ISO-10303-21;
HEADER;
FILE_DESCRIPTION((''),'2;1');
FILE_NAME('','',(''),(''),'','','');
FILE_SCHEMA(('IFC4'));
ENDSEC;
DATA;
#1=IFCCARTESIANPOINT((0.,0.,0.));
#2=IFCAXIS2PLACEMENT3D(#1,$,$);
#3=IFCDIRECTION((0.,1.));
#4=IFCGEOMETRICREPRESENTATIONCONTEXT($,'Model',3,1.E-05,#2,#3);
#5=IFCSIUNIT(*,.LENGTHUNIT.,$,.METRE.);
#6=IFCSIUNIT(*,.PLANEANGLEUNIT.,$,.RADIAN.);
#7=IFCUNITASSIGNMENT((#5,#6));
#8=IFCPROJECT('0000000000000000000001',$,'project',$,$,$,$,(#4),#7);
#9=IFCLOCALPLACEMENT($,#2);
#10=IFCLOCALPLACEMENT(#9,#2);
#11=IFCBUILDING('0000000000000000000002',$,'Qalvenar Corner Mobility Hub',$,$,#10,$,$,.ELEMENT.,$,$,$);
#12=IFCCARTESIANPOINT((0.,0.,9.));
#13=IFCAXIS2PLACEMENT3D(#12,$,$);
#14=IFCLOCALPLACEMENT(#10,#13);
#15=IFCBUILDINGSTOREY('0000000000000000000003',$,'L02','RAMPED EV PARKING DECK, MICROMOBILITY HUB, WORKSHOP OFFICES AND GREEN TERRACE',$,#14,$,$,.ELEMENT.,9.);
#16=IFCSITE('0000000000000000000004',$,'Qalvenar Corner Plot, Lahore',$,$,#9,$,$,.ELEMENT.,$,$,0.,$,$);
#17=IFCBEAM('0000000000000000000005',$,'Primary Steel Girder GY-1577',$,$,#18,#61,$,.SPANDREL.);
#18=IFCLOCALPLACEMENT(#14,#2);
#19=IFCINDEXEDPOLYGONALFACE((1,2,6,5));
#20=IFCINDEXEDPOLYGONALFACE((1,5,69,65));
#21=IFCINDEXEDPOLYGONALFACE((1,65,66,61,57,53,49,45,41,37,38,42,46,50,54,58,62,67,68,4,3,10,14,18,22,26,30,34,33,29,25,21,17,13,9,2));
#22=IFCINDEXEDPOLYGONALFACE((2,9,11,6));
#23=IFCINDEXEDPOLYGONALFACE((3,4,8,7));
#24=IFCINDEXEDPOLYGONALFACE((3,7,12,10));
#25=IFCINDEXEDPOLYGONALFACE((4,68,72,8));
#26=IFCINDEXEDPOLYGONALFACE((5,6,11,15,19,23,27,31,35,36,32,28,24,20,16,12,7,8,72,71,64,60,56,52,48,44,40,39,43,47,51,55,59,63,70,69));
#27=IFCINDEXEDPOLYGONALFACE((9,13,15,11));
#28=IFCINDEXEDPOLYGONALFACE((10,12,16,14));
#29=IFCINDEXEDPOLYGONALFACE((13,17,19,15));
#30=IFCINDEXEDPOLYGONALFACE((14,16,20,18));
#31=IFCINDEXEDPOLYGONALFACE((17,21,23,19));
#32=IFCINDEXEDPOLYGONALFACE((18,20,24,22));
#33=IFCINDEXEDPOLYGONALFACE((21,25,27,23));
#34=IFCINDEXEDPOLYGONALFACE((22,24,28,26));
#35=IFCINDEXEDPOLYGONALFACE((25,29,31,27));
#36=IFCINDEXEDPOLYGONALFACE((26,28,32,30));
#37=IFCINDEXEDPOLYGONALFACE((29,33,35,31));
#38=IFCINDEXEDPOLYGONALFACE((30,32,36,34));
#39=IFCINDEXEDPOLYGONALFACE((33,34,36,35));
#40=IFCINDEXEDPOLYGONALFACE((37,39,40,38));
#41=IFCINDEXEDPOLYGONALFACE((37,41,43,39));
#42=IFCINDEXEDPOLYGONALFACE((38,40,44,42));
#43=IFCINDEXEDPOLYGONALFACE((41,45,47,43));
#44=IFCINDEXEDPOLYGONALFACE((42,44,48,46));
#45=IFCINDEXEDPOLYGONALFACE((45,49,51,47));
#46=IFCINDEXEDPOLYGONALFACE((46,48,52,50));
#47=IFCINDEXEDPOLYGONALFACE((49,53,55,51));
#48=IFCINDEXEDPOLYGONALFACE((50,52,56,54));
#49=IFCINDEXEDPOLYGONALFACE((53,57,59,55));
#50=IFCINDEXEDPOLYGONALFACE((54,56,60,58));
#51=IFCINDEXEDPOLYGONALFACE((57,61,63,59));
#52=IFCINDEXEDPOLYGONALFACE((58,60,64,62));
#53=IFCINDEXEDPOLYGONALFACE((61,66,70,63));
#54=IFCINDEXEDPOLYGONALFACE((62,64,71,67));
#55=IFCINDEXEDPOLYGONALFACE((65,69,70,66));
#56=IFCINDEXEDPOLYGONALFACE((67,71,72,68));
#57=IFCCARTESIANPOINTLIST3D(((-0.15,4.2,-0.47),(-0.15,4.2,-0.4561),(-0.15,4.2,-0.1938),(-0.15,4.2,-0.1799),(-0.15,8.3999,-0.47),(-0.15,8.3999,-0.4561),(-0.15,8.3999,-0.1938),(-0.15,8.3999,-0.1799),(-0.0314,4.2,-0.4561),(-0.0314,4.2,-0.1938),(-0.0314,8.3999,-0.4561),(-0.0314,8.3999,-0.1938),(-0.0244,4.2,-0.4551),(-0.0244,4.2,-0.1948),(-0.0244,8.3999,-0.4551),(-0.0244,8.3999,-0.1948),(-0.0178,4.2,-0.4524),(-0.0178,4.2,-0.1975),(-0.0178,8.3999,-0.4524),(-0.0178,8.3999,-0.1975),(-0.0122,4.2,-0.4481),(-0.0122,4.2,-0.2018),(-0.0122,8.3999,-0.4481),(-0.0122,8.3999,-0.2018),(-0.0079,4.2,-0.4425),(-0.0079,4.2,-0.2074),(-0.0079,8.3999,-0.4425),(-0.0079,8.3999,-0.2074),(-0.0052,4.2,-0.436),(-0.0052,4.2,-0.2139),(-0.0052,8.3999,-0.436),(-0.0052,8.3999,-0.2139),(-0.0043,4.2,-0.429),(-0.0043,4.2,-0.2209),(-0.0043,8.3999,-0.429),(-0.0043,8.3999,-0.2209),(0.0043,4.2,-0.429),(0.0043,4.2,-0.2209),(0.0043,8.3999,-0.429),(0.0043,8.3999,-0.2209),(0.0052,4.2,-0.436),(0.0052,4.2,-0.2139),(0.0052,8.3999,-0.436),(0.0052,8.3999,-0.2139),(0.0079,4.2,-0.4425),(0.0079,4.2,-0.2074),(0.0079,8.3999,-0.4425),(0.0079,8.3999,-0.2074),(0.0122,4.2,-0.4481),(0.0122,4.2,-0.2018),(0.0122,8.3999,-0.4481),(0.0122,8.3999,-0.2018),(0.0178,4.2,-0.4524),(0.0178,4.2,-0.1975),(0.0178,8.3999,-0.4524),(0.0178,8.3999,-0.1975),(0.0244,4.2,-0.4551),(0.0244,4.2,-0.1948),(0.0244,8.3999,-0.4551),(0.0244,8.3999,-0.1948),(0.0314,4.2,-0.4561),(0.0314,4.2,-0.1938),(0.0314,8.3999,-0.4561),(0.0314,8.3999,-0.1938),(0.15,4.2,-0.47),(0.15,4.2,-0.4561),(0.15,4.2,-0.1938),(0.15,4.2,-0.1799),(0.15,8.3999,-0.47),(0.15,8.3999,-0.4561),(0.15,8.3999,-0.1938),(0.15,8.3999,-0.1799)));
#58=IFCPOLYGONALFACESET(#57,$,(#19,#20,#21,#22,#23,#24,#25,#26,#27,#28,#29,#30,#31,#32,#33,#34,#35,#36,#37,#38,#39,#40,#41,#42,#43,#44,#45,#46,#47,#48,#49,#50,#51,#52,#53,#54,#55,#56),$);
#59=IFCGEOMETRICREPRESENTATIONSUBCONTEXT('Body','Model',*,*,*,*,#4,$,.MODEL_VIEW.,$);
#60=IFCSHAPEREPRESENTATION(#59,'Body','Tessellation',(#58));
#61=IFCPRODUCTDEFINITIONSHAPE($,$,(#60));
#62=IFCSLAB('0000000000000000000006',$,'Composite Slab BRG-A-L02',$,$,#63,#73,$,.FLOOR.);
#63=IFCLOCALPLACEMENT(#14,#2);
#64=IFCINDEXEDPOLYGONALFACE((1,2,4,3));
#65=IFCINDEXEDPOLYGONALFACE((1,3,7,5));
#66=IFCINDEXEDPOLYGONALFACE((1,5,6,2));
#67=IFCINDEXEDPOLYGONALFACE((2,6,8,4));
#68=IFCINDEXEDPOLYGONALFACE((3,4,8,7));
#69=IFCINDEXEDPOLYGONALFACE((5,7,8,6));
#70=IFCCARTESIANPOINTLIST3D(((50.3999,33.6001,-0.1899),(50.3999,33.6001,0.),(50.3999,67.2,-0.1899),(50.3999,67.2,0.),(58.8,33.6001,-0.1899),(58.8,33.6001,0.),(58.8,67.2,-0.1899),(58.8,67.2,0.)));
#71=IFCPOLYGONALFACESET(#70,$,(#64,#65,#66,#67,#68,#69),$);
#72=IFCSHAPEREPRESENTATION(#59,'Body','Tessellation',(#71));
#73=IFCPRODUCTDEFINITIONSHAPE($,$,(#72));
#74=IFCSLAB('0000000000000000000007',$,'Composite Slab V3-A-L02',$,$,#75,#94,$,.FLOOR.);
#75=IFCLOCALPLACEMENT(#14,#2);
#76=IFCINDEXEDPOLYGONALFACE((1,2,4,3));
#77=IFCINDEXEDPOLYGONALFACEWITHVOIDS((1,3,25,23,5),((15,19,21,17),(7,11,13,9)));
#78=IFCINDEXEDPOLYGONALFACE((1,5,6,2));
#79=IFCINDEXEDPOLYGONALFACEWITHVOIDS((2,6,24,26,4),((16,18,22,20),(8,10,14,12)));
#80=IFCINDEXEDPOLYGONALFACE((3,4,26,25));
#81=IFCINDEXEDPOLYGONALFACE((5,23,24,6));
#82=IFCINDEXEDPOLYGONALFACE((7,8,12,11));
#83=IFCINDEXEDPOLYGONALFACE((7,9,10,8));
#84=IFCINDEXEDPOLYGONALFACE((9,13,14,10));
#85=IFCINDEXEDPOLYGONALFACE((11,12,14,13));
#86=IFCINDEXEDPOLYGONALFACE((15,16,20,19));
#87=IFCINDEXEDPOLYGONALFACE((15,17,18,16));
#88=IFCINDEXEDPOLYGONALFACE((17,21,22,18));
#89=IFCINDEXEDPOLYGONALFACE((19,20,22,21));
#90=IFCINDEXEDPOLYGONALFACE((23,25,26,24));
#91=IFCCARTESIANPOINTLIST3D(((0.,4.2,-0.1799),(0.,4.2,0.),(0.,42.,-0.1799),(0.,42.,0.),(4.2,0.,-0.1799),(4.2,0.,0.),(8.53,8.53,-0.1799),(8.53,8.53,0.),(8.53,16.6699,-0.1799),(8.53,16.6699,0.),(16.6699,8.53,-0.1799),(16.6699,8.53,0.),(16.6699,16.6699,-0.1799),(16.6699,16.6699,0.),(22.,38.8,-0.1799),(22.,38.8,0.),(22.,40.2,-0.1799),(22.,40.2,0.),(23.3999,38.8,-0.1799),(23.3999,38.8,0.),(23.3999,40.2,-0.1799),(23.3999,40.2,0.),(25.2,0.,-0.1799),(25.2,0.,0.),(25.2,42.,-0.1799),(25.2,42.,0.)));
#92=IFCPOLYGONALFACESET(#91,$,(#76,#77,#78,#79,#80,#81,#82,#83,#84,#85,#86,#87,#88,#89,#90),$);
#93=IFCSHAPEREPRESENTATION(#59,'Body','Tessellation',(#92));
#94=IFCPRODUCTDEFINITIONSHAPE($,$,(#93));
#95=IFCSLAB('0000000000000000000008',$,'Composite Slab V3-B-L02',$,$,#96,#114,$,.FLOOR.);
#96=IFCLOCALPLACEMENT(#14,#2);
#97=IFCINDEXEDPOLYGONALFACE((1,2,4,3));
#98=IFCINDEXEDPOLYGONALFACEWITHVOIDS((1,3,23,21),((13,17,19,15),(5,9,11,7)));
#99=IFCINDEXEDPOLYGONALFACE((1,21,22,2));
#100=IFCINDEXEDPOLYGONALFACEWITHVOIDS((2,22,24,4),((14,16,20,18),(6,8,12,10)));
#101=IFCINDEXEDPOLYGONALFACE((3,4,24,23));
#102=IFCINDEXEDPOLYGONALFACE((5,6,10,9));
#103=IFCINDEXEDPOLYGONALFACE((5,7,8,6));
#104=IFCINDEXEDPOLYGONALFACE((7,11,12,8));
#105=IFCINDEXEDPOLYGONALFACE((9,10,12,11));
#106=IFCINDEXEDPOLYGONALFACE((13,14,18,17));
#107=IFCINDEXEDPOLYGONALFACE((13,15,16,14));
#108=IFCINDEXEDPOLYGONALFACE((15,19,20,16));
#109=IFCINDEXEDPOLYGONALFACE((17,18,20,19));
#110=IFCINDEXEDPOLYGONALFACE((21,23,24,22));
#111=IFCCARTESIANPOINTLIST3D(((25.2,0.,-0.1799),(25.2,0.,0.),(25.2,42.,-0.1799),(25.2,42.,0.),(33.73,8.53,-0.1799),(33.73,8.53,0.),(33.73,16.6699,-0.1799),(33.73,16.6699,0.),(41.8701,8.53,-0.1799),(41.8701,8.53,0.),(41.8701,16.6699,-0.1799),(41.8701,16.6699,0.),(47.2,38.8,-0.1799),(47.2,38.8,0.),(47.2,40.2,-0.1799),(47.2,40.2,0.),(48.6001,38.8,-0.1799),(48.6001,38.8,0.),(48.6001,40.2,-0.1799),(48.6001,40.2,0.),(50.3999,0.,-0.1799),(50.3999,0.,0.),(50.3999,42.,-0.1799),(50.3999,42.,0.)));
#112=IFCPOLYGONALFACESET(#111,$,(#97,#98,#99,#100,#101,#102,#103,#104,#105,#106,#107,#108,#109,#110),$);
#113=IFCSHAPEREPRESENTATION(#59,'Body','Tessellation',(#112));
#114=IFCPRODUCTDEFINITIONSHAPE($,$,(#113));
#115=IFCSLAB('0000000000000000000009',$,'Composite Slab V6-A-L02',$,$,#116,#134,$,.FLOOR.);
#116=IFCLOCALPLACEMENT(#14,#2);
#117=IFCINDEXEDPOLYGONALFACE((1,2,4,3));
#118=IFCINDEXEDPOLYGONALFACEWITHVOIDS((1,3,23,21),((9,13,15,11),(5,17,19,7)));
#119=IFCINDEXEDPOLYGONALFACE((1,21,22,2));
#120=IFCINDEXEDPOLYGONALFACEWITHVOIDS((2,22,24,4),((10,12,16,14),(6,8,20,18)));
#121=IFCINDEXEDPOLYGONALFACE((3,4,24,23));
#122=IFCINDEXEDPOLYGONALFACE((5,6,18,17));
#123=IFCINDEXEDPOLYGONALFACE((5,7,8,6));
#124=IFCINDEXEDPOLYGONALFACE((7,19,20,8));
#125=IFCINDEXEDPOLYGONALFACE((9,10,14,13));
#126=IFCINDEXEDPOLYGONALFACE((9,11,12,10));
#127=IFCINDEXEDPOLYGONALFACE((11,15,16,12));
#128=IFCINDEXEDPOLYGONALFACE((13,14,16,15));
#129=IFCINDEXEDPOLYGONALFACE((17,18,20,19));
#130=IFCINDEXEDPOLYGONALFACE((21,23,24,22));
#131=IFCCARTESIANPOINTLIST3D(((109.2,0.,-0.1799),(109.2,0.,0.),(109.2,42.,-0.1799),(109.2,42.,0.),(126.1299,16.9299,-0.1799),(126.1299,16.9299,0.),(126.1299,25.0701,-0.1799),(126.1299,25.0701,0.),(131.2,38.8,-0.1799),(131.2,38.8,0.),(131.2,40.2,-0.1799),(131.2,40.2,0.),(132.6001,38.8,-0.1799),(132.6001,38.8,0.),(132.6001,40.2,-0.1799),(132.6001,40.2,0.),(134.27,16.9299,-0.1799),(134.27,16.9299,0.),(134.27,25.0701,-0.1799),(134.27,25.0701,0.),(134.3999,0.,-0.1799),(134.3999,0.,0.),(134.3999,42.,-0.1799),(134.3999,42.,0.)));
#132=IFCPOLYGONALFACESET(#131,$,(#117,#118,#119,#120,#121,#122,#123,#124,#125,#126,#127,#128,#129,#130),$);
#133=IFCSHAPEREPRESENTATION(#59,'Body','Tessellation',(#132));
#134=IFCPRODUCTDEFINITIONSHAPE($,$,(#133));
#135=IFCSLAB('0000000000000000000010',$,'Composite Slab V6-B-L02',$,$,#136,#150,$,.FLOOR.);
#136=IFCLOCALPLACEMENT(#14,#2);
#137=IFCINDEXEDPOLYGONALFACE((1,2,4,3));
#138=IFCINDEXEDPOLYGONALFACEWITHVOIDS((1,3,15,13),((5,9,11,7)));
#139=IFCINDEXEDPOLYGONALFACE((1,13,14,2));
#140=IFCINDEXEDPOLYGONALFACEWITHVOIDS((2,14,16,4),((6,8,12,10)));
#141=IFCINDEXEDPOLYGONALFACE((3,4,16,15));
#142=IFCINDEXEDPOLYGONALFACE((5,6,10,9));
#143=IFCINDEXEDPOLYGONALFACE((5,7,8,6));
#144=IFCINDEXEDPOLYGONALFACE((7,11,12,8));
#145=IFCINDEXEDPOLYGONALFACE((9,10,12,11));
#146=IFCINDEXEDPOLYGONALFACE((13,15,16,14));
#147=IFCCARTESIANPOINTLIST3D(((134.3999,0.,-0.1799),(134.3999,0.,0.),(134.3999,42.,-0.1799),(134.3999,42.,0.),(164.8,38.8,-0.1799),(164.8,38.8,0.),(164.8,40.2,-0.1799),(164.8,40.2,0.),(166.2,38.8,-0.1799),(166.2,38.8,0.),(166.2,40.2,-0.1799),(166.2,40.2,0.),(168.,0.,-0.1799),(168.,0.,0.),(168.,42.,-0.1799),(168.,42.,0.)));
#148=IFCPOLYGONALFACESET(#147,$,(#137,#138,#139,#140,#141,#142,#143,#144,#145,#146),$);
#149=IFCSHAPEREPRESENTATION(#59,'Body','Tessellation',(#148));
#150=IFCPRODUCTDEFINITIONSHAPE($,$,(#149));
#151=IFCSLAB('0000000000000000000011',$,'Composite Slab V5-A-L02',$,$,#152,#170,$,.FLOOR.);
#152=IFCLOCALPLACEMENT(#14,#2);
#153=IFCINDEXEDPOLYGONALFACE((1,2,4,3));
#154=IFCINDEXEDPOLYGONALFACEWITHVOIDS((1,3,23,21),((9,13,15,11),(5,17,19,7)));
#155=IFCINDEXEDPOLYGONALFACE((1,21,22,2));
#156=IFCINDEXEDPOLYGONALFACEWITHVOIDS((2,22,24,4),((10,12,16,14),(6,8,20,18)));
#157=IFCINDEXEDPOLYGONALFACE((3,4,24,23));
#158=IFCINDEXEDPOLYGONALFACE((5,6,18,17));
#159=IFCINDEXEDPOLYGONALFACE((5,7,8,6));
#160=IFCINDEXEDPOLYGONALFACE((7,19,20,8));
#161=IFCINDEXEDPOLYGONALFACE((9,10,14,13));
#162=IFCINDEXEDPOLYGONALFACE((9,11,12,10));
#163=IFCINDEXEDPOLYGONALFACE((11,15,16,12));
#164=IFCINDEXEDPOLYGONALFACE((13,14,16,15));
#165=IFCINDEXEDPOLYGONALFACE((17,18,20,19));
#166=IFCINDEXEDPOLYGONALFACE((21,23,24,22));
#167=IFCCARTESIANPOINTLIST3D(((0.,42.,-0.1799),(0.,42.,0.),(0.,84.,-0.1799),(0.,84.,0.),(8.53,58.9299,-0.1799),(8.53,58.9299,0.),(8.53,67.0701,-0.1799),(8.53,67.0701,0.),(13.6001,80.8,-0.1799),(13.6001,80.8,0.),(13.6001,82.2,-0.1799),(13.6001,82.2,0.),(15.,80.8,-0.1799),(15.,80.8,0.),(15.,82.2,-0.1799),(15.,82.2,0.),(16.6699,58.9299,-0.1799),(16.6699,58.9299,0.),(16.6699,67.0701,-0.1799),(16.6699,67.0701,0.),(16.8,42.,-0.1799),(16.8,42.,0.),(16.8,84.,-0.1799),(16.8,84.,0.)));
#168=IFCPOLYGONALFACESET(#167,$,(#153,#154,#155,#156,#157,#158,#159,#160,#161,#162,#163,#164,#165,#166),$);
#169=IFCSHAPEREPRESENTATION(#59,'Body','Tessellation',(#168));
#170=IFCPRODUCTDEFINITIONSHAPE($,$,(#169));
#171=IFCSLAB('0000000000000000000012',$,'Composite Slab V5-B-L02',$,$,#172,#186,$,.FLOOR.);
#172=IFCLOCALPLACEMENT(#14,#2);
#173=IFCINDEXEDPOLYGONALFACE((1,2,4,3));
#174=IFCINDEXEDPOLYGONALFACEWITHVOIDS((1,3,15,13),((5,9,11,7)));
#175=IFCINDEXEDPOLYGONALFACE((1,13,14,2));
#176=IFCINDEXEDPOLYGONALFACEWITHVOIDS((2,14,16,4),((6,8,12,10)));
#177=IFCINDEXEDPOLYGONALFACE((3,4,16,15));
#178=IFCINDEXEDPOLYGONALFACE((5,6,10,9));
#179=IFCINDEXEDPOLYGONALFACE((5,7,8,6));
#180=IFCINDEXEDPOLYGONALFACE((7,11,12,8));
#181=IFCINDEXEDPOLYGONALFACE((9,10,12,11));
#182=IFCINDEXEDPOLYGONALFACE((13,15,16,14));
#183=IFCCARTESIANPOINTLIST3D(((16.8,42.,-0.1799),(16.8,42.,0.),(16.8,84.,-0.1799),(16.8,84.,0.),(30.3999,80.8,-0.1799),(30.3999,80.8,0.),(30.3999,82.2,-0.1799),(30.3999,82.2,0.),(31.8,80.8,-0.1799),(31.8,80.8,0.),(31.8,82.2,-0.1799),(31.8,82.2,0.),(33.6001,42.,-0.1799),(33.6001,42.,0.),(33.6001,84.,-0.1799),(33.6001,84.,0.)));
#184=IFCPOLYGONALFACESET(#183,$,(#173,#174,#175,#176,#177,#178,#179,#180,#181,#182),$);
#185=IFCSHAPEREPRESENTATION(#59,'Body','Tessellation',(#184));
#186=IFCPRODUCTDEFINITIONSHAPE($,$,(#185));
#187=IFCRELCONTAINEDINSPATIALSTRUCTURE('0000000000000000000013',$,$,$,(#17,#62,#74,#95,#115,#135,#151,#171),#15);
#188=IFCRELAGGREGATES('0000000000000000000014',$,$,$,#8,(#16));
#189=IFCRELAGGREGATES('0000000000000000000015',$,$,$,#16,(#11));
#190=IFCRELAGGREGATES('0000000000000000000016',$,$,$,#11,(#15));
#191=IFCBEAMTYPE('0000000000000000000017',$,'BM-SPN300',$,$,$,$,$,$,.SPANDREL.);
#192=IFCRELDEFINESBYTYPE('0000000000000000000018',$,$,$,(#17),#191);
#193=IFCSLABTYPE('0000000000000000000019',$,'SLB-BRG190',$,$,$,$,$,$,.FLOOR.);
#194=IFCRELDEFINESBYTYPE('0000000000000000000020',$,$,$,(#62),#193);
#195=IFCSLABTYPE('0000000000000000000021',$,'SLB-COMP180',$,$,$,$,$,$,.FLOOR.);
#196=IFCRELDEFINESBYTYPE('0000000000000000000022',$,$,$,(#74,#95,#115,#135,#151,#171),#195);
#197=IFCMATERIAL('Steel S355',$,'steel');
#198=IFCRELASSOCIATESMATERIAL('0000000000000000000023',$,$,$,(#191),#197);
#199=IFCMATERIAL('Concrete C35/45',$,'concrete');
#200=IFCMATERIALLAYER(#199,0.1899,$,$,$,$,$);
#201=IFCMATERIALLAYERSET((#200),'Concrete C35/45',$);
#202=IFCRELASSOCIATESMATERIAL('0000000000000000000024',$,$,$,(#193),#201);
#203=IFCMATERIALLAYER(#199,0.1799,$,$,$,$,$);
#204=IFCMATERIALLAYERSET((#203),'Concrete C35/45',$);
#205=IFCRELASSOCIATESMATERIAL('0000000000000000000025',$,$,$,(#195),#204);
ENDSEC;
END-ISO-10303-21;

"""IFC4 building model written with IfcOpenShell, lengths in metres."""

from ifc_helpers import new_model, si_unit, direction, frame, origin, origin_2d, place, context, subcontext, project, spatial, polyline, i_section, outline, extrude, material, layer, layer_set, material_profile, profile_set, type_object, element, save


model = new_model("IFC4")

# Units and contexts
model_context = context("Model", 3, precision=1e-05, world=origin(), true_north=direction((0.0, 1.0)))
body_context = subcontext(model_context, "Body", "Model", "MODEL_VIEW")
ifc_project = project(units=[si_unit("LENGTHUNIT", "METRE"), si_unit("PLANEANGLEUNIT", "RADIAN")], contexts=[model_context])

# Site, building, storey
site_placement = place(None, origin())
site = spatial("IfcSite", under=ifc_project, at=site_placement, Name="Qalvenar Corner Plot, Lahore", CompositionType="ELEMENT", RefElevation=0.0)
building_placement = place(site_placement, origin())
building = spatial("IfcBuilding", under=site, at=building_placement, Name="Qalvenar Corner Mobility Hub", CompositionType="ELEMENT")
storey_placement = place(building_placement, frame((0.0, 0.0, 9.0)))
storey = spatial("IfcBuildingStorey", under=building, at=storey_placement, Name="L02", Description="RAMPED EV PARKING DECK, MICROMOBILITY HUB, WORKSHOP OFFICES AND GREEN TERRACE", CompositionType="ELEMENT", Elevation=9.0)

# Shared definitions
ifc_material_1 = material(Name="Steel S355", Category="steel")

# Beam
ifc_material_profile_1 = material_profile(ifc_material_1, i_section(OverallWidth=0.3, OverallDepth=0.29, WebThickness=0.0085, FlangeThickness=0.0139, FilletRadius=0.0271, at=origin_2d()), Name="HEA300")
ifc_profile_set_1 = profile_set([ifc_material_profile_1], Name="Steel S355")
beam_type_1 = type_object("IfcBeamType", Name="BM-SPN300", PredefinedType="SPANDREL", material=ifc_profile_set_1)
beam_1_placement = place(storey_placement, frame((0.0, 4.2, -0.325), z_axis=(0.0, 1.0, 0.0), x_axis=(-1.0, 0.0, 0.0)))
element("IfcBeam", 1, at=beam_1_placement, inside=storey, type_object=beam_type_1, Name="Primary Steel Girder GY-1577", PredefinedType="SPANDREL", context=body_context, shape_type="SweptSolid", body=[
    extrude(i_section(OverallWidth=0.3, OverallDepth=0.29, WebThickness=0.0085, FlangeThickness=0.0139, FilletRadius=0.0271, at=origin_2d()), origin(), (0.0, 0.0, 1.0), 4.2),
])

# Slabs
ifc_material_2 = material(Name="Concrete C35/45", Category="concrete")
ifc_layer_1 = layer(ifc_material_2, 0.1899)
ifc_layer_set_1 = layer_set([ifc_layer_1], Name="Concrete C35/45")
slab_type_1 = type_object("IfcSlabType", Name="SLB-BRG190", PredefinedType="FLOOR", material=ifc_layer_set_1)
slab_1_placement = place(storey_placement, frame((0.0, 0.0, -0.1899)))
element("IfcSlab", 2, at=slab_1_placement, inside=storey, type_object=slab_type_1, Name="Composite Slab BRG-A-L02", PredefinedType="FLOOR", context=body_context, shape_type="SweptSolid", body=[
    extrude(outline(polyline([(50.3999, 33.6001), (58.8, 33.6001), (58.8, 67.2), (50.3999, 67.2), (50.3999, 33.6001)])), origin(), (0.0, 0.0, 1.0), 0.1899),
])
ifc_layer_2 = layer(ifc_material_2, 0.1799)
ifc_layer_set_2 = layer_set([ifc_layer_2], Name="Concrete C35/45")
slab_type_2 = type_object("IfcSlabType", Name="SLB-COMP180", PredefinedType="FLOOR", material=ifc_layer_set_2)
slab_2_placement = place(storey_placement, frame((0.0, 0.0, -0.1799)))
element("IfcSlab", 3, at=slab_2_placement, inside=storey, type_object=slab_type_2, Name="Composite Slab V3-A-L02", PredefinedType="FLOOR", context=body_context, shape_type="SweptSolid", body=[
    extrude(outline(polyline([(4.2, 0.0), (25.2, 0.0), (25.2, 42.0), (0.0, 42.0), (0.0, 4.2), (4.2, 0.0)]), holes=[polyline([(8.53, 8.53), (16.6699, 8.53), (16.6699, 16.6699), (8.53, 16.6699), (8.53, 8.53)]), polyline([(22.0, 38.8), (23.3999, 38.8), (23.3999, 40.2), (22.0, 40.2), (22.0, 38.8)])]), origin(), (0.0, 0.0, 1.0), 0.1799),
])
slab_3_placement = place(storey_placement, frame((0.0, 0.0, -0.1799)))
element("IfcSlab", 4, at=slab_3_placement, inside=storey, type_object=slab_type_2, Name="Composite Slab V3-B-L02", PredefinedType="FLOOR", context=body_context, shape_type="SweptSolid", body=[
    extrude(outline(polyline([(25.2, 0.0), (50.3999, 0.0), (50.3999, 42.0), (25.2, 42.0), (25.2, 0.0)]), holes=[polyline([(33.73, 8.53), (41.8701, 8.53), (41.8701, 16.6699), (33.73, 16.6699), (33.73, 8.53)]), polyline([(47.2, 38.8), (48.6001, 38.8), (48.6001, 40.2), (47.2, 40.2), (47.2, 38.8)])]), origin(), (0.0, 0.0, 1.0), 0.1799),
])
slab_4_placement = place(storey_placement, frame((0.0, 0.0, -0.1799)))
element("IfcSlab", 5, at=slab_4_placement, inside=storey, type_object=slab_type_2, Name="Composite Slab V6-A-L02", PredefinedType="FLOOR", context=body_context, shape_type="SweptSolid", body=[
    extrude(outline(polyline([(109.2, 0.0), (134.3999, 0.0), (134.3999, 42.0), (109.2, 42.0), (109.2, 0.0)]), holes=[polyline([(126.1299, 16.9299), (134.27, 16.9299), (134.27, 25.0701), (126.1299, 25.0701), (126.1299, 16.9299)]), polyline([(131.2, 38.8), (132.6001, 38.8), (132.6001, 40.2), (131.2, 40.2), (131.2, 38.8)])]), origin(), (0.0, 0.0, 1.0), 0.1799),
])
slab_5_placement = place(storey_placement, frame((0.0, 0.0, -0.1799)))
element("IfcSlab", 6, at=slab_5_placement, inside=storey, type_object=slab_type_2, Name="Composite Slab V6-B-L02", PredefinedType="FLOOR", context=body_context, shape_type="SweptSolid", body=[
    extrude(outline(polyline([(134.3999, 0.0), (168.0, 0.0), (168.0, 42.0), (134.3999, 42.0), (134.3999, 0.0)]), holes=[polyline([(164.8, 38.8), (166.2, 38.8), (166.2, 40.2), (164.8, 40.2), (164.8, 38.8)])]), origin(), (0.0, 0.0, 1.0), 0.1799),
])
slab_6_placement = place(storey_placement, frame((0.0, 0.0, -0.1799)))
element("IfcSlab", 7, at=slab_6_placement, inside=storey, type_object=slab_type_2, Name="Composite Slab V5-A-L02", PredefinedType="FLOOR", context=body_context, shape_type="SweptSolid", body=[
    extrude(outline(polyline([(0.0, 42.0), (16.8, 42.0), (16.8, 84.0), (0.0, 84.0), (0.0, 42.0)]), holes=[polyline([(8.53, 58.9299), (16.6699, 58.9299), (16.6699, 67.0701), (8.53, 67.0701), (8.53, 58.9299)]), polyline([(13.6001, 80.8), (15.0, 80.8), (15.0, 82.2), (13.6001, 82.2), (13.6001, 80.8)])]), origin(), (0.0, 0.0, 1.0), 0.1799),
])
slab_7_placement = place(storey_placement, frame((0.0, 0.0, -0.1799)))
element("IfcSlab", 8, at=slab_7_placement, inside=storey, type_object=slab_type_2, Name="Composite Slab V5-B-L02", PredefinedType="FLOOR", context=body_context, shape_type="SweptSolid", body=[
    extrude(outline(polyline([(16.8, 42.0), (33.6001, 42.0), (33.6001, 84.0), (16.8, 84.0), (16.8, 42.0)]), holes=[polyline([(30.3999, 80.8), (31.8, 80.8), (31.8, 82.2), (30.3999, 82.2), (30.3999, 80.8)])]), origin(), (0.0, 0.0, 1.0), 0.1799),
])

save(model, "model.ifc")
